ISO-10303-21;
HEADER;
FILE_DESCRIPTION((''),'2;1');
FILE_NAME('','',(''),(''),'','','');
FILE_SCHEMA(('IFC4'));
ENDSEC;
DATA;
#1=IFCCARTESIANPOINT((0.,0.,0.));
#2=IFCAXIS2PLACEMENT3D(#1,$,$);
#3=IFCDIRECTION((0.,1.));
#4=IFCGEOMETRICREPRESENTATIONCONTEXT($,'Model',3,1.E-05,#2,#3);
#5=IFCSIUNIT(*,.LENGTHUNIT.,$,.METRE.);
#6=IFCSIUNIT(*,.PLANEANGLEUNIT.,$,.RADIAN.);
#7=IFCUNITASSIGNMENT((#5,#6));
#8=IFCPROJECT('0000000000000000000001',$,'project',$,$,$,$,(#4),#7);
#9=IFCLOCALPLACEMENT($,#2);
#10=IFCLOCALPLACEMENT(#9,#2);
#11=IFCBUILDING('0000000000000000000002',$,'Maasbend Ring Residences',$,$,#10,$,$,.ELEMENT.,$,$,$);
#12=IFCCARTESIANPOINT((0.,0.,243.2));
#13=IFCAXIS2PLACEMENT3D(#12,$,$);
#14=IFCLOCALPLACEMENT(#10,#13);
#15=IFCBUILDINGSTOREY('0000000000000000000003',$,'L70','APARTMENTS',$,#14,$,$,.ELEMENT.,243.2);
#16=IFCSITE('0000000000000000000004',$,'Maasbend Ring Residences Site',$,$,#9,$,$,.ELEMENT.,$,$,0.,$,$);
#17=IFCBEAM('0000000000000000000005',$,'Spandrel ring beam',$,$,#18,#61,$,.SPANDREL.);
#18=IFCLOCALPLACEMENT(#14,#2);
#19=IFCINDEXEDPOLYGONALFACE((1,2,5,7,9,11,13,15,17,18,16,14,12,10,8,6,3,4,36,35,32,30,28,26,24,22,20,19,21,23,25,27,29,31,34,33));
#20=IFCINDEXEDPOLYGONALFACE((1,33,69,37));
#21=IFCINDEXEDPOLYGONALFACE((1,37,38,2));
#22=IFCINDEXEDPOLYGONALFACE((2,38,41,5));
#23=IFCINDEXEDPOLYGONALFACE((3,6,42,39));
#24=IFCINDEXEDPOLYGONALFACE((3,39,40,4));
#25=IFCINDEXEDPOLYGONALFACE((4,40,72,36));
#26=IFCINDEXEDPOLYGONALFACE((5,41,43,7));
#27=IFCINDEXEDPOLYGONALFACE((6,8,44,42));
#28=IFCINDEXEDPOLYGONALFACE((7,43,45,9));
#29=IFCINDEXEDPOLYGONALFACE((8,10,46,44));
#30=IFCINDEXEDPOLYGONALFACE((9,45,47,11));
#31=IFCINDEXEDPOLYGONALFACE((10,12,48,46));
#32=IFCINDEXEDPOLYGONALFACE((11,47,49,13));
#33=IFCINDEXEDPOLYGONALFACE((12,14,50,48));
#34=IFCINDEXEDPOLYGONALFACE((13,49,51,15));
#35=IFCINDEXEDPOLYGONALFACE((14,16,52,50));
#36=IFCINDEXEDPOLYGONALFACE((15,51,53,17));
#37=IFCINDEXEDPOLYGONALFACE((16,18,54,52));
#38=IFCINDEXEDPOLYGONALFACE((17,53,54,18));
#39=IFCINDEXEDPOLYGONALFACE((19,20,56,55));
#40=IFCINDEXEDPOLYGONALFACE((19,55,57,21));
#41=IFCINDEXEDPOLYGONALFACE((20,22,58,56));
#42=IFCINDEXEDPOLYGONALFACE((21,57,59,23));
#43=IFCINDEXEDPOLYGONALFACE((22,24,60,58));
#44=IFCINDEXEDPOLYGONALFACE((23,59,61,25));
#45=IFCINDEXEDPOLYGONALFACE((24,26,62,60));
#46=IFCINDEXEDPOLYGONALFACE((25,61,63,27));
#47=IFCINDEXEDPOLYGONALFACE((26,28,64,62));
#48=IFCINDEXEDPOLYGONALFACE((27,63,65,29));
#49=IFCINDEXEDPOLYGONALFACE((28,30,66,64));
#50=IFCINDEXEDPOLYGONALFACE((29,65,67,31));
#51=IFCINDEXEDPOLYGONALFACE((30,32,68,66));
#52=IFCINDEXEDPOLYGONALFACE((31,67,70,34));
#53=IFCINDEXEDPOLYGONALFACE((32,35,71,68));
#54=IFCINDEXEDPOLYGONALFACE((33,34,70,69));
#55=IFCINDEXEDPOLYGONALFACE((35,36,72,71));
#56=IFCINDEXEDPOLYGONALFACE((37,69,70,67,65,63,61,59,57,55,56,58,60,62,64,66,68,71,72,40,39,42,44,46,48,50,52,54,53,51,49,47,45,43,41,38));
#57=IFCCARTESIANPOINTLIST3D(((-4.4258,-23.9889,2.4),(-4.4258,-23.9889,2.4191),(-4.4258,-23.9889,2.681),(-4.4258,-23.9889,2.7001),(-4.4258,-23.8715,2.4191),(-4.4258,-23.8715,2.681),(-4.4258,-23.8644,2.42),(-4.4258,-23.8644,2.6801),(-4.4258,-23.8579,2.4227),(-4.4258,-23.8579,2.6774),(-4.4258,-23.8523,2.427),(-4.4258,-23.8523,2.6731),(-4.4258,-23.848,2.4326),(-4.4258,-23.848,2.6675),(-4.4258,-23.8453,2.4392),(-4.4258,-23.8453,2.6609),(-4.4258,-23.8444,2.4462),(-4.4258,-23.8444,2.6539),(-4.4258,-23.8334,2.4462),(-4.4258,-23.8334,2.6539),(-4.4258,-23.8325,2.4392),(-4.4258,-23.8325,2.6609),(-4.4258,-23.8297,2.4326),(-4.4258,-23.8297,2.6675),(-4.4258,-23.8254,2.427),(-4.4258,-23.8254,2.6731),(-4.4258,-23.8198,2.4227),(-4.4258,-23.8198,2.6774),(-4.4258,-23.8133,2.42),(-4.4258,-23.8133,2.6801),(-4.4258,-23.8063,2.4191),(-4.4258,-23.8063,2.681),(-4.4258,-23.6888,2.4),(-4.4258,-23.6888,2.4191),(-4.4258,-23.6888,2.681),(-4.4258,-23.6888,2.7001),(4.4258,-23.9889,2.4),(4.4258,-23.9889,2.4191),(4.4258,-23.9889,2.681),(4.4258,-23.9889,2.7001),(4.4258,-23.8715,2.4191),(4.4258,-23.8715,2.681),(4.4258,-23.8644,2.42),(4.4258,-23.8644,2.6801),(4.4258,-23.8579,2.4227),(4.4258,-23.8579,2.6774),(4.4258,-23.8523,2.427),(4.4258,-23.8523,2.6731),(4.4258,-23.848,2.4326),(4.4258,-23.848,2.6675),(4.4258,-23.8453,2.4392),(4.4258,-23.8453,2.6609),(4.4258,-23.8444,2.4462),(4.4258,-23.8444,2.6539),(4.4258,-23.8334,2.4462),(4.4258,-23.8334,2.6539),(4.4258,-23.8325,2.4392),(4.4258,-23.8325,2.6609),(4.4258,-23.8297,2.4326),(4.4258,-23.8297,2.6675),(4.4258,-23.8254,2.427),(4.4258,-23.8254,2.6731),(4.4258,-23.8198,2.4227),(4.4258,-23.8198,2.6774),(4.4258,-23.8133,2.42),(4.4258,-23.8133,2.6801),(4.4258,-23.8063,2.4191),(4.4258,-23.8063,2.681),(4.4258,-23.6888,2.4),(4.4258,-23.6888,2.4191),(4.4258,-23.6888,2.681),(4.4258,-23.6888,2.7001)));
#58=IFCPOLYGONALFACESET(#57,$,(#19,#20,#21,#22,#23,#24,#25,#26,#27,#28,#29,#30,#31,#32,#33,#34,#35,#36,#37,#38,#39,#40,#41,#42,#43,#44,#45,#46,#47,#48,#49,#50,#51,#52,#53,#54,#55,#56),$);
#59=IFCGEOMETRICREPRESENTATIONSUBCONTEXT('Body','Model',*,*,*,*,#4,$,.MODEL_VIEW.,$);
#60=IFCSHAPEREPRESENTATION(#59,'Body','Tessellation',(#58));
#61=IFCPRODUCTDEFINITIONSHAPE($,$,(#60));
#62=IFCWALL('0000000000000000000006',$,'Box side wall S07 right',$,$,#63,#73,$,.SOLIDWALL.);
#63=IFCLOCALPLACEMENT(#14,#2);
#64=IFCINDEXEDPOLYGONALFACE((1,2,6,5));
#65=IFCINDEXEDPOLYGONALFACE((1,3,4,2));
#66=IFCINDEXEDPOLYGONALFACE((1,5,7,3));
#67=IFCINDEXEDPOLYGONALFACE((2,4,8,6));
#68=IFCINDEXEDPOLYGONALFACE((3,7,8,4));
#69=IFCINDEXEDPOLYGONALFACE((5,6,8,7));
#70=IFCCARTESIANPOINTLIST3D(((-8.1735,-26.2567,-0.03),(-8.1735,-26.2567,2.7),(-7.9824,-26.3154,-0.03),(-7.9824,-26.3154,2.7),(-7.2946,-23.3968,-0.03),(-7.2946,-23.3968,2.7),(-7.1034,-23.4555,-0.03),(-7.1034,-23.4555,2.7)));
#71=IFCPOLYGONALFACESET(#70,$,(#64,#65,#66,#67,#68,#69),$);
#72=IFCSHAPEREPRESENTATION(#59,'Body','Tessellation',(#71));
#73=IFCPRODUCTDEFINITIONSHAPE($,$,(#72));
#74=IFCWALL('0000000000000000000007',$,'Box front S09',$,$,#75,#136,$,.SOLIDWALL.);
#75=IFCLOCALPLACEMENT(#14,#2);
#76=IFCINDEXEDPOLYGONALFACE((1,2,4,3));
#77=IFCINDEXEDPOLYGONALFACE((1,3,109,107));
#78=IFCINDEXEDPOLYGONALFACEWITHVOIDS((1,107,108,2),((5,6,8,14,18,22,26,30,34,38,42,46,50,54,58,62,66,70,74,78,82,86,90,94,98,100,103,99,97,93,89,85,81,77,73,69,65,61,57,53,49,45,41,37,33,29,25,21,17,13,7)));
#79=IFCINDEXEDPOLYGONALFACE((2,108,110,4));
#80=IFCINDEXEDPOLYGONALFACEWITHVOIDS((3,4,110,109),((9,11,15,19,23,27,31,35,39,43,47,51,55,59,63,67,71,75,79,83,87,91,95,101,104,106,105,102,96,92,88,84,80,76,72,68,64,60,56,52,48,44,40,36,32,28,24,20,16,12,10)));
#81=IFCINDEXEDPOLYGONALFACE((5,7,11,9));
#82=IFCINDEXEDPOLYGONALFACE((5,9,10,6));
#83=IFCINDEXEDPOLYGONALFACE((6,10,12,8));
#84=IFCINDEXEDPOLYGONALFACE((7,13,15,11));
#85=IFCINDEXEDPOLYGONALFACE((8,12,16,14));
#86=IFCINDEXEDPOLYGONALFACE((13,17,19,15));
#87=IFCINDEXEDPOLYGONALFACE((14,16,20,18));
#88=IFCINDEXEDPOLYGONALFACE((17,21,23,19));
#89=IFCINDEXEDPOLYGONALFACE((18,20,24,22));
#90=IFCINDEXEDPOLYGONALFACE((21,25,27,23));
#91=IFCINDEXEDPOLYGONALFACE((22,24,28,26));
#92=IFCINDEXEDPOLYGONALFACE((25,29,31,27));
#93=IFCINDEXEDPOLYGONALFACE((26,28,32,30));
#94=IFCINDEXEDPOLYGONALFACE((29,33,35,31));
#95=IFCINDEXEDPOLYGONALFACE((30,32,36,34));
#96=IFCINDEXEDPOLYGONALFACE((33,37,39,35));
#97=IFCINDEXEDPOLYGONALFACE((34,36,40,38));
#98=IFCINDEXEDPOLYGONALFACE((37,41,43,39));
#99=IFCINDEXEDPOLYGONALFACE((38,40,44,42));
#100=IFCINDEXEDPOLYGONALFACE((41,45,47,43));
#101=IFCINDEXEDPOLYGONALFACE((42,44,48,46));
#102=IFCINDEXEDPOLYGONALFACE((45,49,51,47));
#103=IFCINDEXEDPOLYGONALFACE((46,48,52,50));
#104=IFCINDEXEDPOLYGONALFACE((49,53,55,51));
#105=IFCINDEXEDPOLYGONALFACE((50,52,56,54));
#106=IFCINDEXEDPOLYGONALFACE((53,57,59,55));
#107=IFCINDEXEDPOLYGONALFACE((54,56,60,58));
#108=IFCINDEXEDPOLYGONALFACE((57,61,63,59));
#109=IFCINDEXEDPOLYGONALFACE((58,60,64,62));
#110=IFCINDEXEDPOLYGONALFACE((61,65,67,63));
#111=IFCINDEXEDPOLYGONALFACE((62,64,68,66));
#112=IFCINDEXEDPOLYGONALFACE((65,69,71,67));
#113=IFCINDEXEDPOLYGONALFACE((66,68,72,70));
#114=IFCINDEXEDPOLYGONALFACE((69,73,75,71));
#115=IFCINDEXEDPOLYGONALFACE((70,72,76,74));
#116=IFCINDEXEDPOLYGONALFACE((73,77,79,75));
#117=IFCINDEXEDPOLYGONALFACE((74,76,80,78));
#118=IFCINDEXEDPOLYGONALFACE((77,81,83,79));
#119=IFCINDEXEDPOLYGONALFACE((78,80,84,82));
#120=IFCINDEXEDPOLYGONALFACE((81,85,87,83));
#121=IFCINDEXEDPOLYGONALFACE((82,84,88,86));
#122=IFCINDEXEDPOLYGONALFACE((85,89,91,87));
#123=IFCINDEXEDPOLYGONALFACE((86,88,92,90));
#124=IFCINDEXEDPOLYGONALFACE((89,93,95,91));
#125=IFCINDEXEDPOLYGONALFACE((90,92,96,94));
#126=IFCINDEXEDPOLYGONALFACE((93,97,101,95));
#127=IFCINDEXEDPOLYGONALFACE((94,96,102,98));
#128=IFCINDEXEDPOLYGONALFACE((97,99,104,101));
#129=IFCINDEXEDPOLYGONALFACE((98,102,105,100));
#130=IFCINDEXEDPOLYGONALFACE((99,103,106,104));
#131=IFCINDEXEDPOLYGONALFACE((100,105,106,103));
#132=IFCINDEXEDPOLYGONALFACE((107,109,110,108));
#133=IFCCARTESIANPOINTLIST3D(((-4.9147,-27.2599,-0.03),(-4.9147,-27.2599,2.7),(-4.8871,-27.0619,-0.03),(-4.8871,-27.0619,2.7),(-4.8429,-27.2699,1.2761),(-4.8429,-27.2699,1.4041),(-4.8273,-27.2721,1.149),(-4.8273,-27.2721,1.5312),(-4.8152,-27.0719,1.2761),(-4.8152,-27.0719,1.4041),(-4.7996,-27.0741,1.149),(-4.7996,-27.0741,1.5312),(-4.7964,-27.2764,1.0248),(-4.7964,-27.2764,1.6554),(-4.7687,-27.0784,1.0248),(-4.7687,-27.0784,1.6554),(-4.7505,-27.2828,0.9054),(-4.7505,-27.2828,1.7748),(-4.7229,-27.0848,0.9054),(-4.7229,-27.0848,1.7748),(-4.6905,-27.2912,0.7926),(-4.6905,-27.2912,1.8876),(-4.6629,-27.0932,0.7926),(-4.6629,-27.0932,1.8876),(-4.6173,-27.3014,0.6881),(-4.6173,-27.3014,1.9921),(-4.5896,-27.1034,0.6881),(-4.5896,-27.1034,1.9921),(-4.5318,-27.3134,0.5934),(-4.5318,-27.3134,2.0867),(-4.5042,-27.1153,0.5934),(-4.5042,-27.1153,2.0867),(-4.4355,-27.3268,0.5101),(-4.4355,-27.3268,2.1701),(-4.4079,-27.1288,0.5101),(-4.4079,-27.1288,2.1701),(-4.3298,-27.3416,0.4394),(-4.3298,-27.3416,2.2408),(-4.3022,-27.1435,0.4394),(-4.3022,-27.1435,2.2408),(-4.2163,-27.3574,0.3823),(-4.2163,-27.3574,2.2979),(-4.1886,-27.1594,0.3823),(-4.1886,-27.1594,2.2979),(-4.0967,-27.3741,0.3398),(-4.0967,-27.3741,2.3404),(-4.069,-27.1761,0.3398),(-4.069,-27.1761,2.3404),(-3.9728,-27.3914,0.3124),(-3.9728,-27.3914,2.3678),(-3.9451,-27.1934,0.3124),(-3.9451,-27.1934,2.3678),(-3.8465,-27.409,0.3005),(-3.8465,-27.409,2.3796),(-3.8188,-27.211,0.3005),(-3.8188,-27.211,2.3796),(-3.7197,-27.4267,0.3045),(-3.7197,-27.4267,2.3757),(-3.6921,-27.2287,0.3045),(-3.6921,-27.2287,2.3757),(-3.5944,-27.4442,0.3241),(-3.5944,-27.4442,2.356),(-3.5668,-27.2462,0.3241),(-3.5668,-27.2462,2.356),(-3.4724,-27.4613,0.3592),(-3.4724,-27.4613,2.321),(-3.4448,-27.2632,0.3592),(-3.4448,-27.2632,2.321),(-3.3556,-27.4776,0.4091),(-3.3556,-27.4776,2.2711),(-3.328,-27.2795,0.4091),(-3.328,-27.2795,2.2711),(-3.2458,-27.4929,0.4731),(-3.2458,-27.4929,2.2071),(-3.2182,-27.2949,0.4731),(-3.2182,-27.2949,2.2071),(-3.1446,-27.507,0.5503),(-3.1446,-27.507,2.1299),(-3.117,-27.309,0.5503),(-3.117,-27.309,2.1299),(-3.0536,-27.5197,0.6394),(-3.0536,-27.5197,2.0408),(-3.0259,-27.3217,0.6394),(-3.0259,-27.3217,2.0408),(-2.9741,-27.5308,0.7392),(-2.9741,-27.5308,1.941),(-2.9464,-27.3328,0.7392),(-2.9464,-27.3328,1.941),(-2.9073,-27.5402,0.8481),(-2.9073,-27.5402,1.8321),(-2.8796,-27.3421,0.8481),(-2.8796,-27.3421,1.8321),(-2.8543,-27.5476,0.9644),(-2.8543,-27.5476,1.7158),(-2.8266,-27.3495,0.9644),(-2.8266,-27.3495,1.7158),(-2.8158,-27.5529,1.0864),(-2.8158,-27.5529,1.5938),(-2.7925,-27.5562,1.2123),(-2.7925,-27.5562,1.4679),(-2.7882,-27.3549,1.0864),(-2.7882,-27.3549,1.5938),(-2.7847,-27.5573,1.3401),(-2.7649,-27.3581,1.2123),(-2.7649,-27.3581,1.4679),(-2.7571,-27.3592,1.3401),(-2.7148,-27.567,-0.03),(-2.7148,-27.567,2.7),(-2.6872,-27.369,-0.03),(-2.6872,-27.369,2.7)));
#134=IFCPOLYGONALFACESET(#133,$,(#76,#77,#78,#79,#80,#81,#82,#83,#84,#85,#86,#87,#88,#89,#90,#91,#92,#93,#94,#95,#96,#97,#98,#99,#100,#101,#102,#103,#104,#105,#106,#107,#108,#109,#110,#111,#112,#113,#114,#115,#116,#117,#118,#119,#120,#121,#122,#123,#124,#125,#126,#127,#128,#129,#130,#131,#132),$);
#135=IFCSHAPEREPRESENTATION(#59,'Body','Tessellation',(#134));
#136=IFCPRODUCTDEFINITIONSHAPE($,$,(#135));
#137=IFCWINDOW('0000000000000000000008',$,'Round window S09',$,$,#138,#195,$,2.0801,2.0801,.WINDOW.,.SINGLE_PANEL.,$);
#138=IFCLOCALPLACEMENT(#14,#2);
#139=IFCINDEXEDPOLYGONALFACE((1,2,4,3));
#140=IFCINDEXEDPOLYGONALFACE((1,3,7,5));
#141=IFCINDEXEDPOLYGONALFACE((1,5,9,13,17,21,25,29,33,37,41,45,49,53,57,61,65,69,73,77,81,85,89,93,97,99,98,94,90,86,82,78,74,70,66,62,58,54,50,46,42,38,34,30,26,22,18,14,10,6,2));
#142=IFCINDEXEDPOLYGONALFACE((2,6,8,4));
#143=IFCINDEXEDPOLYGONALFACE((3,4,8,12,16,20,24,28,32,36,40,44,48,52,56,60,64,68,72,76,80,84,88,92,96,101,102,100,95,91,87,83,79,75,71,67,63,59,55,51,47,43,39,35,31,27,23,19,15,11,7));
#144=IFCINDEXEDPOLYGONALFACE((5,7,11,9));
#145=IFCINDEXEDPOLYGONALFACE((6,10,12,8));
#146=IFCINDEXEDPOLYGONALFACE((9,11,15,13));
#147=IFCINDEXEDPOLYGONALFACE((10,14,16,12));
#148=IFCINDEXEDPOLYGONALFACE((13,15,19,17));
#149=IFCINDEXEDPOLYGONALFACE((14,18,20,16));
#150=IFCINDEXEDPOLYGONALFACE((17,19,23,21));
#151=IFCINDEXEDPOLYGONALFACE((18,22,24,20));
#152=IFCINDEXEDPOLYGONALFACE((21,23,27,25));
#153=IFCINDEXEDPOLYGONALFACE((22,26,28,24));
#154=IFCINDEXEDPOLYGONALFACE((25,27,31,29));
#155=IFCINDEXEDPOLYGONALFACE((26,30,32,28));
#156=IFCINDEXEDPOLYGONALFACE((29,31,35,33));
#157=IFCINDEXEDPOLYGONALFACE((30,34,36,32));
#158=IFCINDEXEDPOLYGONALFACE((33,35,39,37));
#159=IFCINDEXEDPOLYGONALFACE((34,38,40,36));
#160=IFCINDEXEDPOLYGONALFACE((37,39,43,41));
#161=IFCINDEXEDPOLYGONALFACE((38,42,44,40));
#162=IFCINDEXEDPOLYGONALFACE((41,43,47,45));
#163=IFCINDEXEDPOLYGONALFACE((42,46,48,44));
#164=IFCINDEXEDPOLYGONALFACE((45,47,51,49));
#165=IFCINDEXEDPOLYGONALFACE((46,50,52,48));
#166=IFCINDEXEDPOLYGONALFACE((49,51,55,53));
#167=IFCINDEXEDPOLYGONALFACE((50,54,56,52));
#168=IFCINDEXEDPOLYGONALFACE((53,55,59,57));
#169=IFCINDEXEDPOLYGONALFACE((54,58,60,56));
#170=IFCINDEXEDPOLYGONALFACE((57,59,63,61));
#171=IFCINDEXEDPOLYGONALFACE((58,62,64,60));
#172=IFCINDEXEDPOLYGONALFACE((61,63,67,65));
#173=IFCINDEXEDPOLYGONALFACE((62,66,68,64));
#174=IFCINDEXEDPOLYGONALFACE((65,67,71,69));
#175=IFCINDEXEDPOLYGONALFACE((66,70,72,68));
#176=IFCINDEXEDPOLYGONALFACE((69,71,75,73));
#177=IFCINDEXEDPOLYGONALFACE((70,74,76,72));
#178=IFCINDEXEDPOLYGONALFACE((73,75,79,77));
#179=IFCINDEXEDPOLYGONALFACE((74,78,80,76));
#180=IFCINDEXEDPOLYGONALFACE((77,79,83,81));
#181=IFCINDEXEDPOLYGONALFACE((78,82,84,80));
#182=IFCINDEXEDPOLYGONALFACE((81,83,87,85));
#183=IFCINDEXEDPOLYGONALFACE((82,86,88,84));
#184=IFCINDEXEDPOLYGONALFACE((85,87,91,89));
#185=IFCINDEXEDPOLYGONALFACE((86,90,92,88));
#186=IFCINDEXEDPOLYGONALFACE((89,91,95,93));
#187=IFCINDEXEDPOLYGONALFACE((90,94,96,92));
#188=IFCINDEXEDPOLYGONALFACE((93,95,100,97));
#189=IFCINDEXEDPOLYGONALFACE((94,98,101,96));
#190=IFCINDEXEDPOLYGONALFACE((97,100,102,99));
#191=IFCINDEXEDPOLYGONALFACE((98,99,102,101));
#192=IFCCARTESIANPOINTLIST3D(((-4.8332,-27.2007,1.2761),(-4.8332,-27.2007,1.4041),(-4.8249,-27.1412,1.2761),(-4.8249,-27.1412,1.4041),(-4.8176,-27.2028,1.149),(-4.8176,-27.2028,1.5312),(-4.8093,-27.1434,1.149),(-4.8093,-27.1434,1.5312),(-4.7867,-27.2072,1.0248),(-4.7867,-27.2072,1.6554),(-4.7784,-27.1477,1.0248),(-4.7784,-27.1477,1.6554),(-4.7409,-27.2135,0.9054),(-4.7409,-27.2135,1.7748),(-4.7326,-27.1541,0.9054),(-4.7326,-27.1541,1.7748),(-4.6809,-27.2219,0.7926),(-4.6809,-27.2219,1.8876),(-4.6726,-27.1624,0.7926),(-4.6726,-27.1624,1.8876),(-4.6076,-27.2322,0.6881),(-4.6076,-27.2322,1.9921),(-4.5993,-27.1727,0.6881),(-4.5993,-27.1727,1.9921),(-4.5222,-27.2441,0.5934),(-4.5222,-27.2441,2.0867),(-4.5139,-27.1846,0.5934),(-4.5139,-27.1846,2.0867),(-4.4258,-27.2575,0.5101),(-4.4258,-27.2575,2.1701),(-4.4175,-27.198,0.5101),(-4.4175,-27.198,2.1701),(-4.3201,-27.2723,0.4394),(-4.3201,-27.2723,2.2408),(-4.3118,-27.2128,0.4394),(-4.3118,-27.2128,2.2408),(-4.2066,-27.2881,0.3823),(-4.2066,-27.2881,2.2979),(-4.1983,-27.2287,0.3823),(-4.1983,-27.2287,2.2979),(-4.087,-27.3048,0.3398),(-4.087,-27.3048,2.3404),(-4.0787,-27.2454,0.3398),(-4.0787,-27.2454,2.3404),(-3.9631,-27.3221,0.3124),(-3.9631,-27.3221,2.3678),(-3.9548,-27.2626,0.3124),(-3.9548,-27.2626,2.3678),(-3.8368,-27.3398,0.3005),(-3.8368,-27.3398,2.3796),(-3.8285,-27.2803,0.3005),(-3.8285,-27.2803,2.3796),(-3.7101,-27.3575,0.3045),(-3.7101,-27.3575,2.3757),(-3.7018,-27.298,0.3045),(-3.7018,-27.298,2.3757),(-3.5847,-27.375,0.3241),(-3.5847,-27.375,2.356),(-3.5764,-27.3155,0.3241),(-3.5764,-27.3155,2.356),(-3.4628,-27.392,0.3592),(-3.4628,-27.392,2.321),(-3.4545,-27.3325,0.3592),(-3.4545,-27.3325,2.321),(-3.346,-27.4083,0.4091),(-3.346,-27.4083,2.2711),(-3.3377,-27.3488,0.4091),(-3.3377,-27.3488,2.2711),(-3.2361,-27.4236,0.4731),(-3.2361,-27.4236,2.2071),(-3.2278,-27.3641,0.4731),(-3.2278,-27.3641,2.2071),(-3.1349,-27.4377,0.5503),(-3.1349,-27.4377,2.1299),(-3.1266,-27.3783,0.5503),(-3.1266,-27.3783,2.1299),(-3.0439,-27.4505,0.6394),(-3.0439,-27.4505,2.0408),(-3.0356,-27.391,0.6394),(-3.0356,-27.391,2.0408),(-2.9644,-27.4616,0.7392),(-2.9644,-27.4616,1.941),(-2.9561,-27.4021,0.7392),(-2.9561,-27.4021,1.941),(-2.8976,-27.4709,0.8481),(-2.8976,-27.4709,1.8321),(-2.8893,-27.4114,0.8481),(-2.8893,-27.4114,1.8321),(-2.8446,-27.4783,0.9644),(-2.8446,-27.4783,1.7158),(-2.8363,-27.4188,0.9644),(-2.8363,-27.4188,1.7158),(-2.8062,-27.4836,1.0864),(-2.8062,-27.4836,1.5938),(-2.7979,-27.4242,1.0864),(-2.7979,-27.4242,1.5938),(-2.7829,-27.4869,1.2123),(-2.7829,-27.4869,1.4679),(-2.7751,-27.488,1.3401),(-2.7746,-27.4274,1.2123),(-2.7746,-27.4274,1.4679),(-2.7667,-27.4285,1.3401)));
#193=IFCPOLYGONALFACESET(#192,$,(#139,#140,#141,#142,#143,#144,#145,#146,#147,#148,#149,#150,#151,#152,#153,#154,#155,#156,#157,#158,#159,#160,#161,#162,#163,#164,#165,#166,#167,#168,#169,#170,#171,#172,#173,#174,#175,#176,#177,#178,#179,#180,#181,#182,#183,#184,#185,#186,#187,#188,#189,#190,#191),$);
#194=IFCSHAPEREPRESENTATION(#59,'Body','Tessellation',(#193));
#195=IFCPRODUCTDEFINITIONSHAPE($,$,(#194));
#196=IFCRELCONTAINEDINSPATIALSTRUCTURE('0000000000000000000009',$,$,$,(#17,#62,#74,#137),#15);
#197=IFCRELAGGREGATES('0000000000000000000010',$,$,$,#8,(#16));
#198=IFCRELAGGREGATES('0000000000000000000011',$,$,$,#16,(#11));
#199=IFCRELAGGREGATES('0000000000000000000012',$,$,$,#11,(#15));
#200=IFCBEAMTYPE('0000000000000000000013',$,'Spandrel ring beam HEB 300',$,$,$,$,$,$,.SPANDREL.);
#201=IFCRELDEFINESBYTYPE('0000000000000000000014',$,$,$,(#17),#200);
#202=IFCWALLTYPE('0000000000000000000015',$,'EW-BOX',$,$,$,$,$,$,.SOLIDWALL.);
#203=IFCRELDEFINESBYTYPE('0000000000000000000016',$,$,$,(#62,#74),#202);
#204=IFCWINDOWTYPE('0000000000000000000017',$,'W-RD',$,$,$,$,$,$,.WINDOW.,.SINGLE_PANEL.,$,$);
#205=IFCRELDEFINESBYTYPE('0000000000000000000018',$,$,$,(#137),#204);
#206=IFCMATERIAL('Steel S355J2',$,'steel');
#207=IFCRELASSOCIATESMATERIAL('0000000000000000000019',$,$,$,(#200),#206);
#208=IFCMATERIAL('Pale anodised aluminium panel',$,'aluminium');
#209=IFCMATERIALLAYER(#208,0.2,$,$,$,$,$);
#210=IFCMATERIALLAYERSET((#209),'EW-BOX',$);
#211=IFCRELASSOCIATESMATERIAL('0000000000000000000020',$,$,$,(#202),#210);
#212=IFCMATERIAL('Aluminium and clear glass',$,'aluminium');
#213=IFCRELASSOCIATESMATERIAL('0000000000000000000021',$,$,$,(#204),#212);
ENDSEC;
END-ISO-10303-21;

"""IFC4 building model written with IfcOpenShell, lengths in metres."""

from ifc_helpers import new_model, si_unit, direction, frame, frame_2d, origin, origin_2d, place, context, subcontext, project, spatial, rectangle, circle, i_section, extrude, material, layer, layer_set, material_profile, profile_set, type_object, element, fill, save


model = new_model("IFC4")

# Units and contexts
model_context = context("Model", 3, precision=1e-05, world=origin(), true_north=direction((0.0, 1.0)))
body_context = subcontext(model_context, "Body", "Model", "MODEL_VIEW")
ifc_project = project(units=[si_unit("LENGTHUNIT", "METRE"), si_unit("PLANEANGLEUNIT", "RADIAN")], contexts=[model_context])

# Site, building, storey
site_placement = place(None, origin())
site = spatial("IfcSite", under=ifc_project, at=site_placement, Name="Maasbend Ring Residences Site", CompositionType="ELEMENT", RefElevation=0.0)
building_placement = place(site_placement, origin())
building = spatial("IfcBuilding", under=site, at=building_placement, Name="Maasbend Ring Residences", CompositionType="ELEMENT")
storey_placement = place(building_placement, frame((0.0, 0.0, 243.2)))
storey = spatial("IfcBuildingStorey", under=building, at=storey_placement, Name="L70", Description="APARTMENTS", CompositionType="ELEMENT", Elevation=243.2)

# Beam
ifc_material_1 = material(Name="Steel S355J2", Category="steel")
ifc_material_profile_1 = material_profile(ifc_material_1, i_section(OverallWidth=0.3, OverallDepth=0.3, WebThickness=0.011, FlangeThickness=0.019, FilletRadius=0.0271, at=origin_2d()), Name="HEB 300")
ifc_profile_set_1 = profile_set([ifc_material_profile_1], Name="Steel S355J2")
beam_type = type_object("IfcBeamType", Name="Spandrel ring beam HEB 300", PredefinedType="SPANDREL", material=ifc_profile_set_1)
beam_placement = place(storey_placement, frame((-4.4258, -23.8389, 2.55), z_axis=(1.0, 0.0, 0.0), x_axis=(0.0, 1.0, 0.0)))
element("IfcBeam", 1, at=beam_placement, inside=storey, type_object=beam_type, Name="Spandrel ring beam", PredefinedType="SPANDREL", context=body_context, shape_type="SweptSolid", body=[
    extrude(i_section(OverallWidth=0.3, OverallDepth=0.3, WebThickness=0.011, FlangeThickness=0.019, FilletRadius=0.0271, at=origin_2d()), origin(), (0.0, 0.0, 1.0), 8.8516),
])

# Wall
ifc_material_2 = material(Name="Pale anodised aluminium panel", Category="aluminium")
ifc_layer_1 = layer(ifc_material_2, 0.2)
ifc_layer_set_1 = layer_set([ifc_layer_1], Name="EW-BOX")
wall_type_1 = type_object("IfcWallType", Name="EW-BOX", PredefinedType="SOLIDWALL", material=ifc_layer_set_1)
wall_1_placement = place(storey_placement, frame((-7.199, -23.426, -0.03), z_axis=(0.0, 0.0, 1.0), x_axis=(-0.293765, -0.955878, 0.0)))
element("IfcWall", 2, at=wall_1_placement, inside=storey, type_object=wall_type_1, Name="Box side wall S07 right", PredefinedType="SOLIDWALL", context=body_context, shape_type="SweptSolid", body=[
    extrude(rectangle(XDim=2.9919, YDim=0.2, at=frame_2d((1.4961, 0.0))), origin(), (0.0, 0.0, 1.0), 2.73),
])

# Wall, opening, window
wall_2_placement = place(storey_placement, frame((-4.9009, -27.1609, -0.03), z_axis=(0.0, 0.0, 1.0), x_axis=(0.990395, -0.138266, 0.0)))
wall_2 = element("IfcWall", 3, at=wall_2_placement, inside=storey, type_object=wall_type_1, Name="Box front S09", PredefinedType="SOLIDWALL", context=body_context, shape_type="SweptSolid", body=[
    extrude(rectangle(XDim=2.2212, YDim=0.2, at=frame_2d((1.1106, 0.0))), origin(), (0.0, 0.0, 1.0), 2.73),
])
opening_1_placement = place(wall_2_placement, frame((0.0706, 0.0, 0.3301)))
opening_1 = element("IfcOpeningElement", 4, at=opening_1_placement, cuts=wall_2, PredefinedType="OPENING", context=body_context, shape_type="SweptSolid", body=[
    extrude(circle(Radius=1.04, at=frame_2d((1.04, 1.04))), frame((0.0, 0.1099, 0.0), z_axis=(0.0, -1.0, 0.0), x_axis=(1.0, 0.0, 0.0)), (0.0, 0.0, 1.0), 0.22),
])
ifc_material_3 = material(Name="Aluminium and clear glass", Category="aluminium")
window_type_1 = type_object("IfcWindowType", Name="W-RD", PartitioningType="SINGLE_PANEL", PredefinedType="WINDOW", material=ifc_material_3)
window_1_placement = place(opening_1_placement, origin())
window_1 = element("IfcWindow", 5, at=window_1_placement, inside=storey, type_object=window_type_1, Name="Round window S09", OverallHeight=2.0801, OverallWidth=2.0801, PartitioningType="SINGLE_PANEL", PredefinedType="WINDOW", context=body_context, shape_type="SweptSolid", body=[
    extrude(circle(Radius=1.04, at=frame_2d((1.04, 1.04))), frame((0.0, 0.03, 0.0), z_axis=(0.0, -1.0, 0.0), x_axis=(1.0, 0.0, 0.0)), (0.0, 0.0, 1.0), 0.0601),
])
fill(opening_1, window_1)

save(model, "model.ifc")
